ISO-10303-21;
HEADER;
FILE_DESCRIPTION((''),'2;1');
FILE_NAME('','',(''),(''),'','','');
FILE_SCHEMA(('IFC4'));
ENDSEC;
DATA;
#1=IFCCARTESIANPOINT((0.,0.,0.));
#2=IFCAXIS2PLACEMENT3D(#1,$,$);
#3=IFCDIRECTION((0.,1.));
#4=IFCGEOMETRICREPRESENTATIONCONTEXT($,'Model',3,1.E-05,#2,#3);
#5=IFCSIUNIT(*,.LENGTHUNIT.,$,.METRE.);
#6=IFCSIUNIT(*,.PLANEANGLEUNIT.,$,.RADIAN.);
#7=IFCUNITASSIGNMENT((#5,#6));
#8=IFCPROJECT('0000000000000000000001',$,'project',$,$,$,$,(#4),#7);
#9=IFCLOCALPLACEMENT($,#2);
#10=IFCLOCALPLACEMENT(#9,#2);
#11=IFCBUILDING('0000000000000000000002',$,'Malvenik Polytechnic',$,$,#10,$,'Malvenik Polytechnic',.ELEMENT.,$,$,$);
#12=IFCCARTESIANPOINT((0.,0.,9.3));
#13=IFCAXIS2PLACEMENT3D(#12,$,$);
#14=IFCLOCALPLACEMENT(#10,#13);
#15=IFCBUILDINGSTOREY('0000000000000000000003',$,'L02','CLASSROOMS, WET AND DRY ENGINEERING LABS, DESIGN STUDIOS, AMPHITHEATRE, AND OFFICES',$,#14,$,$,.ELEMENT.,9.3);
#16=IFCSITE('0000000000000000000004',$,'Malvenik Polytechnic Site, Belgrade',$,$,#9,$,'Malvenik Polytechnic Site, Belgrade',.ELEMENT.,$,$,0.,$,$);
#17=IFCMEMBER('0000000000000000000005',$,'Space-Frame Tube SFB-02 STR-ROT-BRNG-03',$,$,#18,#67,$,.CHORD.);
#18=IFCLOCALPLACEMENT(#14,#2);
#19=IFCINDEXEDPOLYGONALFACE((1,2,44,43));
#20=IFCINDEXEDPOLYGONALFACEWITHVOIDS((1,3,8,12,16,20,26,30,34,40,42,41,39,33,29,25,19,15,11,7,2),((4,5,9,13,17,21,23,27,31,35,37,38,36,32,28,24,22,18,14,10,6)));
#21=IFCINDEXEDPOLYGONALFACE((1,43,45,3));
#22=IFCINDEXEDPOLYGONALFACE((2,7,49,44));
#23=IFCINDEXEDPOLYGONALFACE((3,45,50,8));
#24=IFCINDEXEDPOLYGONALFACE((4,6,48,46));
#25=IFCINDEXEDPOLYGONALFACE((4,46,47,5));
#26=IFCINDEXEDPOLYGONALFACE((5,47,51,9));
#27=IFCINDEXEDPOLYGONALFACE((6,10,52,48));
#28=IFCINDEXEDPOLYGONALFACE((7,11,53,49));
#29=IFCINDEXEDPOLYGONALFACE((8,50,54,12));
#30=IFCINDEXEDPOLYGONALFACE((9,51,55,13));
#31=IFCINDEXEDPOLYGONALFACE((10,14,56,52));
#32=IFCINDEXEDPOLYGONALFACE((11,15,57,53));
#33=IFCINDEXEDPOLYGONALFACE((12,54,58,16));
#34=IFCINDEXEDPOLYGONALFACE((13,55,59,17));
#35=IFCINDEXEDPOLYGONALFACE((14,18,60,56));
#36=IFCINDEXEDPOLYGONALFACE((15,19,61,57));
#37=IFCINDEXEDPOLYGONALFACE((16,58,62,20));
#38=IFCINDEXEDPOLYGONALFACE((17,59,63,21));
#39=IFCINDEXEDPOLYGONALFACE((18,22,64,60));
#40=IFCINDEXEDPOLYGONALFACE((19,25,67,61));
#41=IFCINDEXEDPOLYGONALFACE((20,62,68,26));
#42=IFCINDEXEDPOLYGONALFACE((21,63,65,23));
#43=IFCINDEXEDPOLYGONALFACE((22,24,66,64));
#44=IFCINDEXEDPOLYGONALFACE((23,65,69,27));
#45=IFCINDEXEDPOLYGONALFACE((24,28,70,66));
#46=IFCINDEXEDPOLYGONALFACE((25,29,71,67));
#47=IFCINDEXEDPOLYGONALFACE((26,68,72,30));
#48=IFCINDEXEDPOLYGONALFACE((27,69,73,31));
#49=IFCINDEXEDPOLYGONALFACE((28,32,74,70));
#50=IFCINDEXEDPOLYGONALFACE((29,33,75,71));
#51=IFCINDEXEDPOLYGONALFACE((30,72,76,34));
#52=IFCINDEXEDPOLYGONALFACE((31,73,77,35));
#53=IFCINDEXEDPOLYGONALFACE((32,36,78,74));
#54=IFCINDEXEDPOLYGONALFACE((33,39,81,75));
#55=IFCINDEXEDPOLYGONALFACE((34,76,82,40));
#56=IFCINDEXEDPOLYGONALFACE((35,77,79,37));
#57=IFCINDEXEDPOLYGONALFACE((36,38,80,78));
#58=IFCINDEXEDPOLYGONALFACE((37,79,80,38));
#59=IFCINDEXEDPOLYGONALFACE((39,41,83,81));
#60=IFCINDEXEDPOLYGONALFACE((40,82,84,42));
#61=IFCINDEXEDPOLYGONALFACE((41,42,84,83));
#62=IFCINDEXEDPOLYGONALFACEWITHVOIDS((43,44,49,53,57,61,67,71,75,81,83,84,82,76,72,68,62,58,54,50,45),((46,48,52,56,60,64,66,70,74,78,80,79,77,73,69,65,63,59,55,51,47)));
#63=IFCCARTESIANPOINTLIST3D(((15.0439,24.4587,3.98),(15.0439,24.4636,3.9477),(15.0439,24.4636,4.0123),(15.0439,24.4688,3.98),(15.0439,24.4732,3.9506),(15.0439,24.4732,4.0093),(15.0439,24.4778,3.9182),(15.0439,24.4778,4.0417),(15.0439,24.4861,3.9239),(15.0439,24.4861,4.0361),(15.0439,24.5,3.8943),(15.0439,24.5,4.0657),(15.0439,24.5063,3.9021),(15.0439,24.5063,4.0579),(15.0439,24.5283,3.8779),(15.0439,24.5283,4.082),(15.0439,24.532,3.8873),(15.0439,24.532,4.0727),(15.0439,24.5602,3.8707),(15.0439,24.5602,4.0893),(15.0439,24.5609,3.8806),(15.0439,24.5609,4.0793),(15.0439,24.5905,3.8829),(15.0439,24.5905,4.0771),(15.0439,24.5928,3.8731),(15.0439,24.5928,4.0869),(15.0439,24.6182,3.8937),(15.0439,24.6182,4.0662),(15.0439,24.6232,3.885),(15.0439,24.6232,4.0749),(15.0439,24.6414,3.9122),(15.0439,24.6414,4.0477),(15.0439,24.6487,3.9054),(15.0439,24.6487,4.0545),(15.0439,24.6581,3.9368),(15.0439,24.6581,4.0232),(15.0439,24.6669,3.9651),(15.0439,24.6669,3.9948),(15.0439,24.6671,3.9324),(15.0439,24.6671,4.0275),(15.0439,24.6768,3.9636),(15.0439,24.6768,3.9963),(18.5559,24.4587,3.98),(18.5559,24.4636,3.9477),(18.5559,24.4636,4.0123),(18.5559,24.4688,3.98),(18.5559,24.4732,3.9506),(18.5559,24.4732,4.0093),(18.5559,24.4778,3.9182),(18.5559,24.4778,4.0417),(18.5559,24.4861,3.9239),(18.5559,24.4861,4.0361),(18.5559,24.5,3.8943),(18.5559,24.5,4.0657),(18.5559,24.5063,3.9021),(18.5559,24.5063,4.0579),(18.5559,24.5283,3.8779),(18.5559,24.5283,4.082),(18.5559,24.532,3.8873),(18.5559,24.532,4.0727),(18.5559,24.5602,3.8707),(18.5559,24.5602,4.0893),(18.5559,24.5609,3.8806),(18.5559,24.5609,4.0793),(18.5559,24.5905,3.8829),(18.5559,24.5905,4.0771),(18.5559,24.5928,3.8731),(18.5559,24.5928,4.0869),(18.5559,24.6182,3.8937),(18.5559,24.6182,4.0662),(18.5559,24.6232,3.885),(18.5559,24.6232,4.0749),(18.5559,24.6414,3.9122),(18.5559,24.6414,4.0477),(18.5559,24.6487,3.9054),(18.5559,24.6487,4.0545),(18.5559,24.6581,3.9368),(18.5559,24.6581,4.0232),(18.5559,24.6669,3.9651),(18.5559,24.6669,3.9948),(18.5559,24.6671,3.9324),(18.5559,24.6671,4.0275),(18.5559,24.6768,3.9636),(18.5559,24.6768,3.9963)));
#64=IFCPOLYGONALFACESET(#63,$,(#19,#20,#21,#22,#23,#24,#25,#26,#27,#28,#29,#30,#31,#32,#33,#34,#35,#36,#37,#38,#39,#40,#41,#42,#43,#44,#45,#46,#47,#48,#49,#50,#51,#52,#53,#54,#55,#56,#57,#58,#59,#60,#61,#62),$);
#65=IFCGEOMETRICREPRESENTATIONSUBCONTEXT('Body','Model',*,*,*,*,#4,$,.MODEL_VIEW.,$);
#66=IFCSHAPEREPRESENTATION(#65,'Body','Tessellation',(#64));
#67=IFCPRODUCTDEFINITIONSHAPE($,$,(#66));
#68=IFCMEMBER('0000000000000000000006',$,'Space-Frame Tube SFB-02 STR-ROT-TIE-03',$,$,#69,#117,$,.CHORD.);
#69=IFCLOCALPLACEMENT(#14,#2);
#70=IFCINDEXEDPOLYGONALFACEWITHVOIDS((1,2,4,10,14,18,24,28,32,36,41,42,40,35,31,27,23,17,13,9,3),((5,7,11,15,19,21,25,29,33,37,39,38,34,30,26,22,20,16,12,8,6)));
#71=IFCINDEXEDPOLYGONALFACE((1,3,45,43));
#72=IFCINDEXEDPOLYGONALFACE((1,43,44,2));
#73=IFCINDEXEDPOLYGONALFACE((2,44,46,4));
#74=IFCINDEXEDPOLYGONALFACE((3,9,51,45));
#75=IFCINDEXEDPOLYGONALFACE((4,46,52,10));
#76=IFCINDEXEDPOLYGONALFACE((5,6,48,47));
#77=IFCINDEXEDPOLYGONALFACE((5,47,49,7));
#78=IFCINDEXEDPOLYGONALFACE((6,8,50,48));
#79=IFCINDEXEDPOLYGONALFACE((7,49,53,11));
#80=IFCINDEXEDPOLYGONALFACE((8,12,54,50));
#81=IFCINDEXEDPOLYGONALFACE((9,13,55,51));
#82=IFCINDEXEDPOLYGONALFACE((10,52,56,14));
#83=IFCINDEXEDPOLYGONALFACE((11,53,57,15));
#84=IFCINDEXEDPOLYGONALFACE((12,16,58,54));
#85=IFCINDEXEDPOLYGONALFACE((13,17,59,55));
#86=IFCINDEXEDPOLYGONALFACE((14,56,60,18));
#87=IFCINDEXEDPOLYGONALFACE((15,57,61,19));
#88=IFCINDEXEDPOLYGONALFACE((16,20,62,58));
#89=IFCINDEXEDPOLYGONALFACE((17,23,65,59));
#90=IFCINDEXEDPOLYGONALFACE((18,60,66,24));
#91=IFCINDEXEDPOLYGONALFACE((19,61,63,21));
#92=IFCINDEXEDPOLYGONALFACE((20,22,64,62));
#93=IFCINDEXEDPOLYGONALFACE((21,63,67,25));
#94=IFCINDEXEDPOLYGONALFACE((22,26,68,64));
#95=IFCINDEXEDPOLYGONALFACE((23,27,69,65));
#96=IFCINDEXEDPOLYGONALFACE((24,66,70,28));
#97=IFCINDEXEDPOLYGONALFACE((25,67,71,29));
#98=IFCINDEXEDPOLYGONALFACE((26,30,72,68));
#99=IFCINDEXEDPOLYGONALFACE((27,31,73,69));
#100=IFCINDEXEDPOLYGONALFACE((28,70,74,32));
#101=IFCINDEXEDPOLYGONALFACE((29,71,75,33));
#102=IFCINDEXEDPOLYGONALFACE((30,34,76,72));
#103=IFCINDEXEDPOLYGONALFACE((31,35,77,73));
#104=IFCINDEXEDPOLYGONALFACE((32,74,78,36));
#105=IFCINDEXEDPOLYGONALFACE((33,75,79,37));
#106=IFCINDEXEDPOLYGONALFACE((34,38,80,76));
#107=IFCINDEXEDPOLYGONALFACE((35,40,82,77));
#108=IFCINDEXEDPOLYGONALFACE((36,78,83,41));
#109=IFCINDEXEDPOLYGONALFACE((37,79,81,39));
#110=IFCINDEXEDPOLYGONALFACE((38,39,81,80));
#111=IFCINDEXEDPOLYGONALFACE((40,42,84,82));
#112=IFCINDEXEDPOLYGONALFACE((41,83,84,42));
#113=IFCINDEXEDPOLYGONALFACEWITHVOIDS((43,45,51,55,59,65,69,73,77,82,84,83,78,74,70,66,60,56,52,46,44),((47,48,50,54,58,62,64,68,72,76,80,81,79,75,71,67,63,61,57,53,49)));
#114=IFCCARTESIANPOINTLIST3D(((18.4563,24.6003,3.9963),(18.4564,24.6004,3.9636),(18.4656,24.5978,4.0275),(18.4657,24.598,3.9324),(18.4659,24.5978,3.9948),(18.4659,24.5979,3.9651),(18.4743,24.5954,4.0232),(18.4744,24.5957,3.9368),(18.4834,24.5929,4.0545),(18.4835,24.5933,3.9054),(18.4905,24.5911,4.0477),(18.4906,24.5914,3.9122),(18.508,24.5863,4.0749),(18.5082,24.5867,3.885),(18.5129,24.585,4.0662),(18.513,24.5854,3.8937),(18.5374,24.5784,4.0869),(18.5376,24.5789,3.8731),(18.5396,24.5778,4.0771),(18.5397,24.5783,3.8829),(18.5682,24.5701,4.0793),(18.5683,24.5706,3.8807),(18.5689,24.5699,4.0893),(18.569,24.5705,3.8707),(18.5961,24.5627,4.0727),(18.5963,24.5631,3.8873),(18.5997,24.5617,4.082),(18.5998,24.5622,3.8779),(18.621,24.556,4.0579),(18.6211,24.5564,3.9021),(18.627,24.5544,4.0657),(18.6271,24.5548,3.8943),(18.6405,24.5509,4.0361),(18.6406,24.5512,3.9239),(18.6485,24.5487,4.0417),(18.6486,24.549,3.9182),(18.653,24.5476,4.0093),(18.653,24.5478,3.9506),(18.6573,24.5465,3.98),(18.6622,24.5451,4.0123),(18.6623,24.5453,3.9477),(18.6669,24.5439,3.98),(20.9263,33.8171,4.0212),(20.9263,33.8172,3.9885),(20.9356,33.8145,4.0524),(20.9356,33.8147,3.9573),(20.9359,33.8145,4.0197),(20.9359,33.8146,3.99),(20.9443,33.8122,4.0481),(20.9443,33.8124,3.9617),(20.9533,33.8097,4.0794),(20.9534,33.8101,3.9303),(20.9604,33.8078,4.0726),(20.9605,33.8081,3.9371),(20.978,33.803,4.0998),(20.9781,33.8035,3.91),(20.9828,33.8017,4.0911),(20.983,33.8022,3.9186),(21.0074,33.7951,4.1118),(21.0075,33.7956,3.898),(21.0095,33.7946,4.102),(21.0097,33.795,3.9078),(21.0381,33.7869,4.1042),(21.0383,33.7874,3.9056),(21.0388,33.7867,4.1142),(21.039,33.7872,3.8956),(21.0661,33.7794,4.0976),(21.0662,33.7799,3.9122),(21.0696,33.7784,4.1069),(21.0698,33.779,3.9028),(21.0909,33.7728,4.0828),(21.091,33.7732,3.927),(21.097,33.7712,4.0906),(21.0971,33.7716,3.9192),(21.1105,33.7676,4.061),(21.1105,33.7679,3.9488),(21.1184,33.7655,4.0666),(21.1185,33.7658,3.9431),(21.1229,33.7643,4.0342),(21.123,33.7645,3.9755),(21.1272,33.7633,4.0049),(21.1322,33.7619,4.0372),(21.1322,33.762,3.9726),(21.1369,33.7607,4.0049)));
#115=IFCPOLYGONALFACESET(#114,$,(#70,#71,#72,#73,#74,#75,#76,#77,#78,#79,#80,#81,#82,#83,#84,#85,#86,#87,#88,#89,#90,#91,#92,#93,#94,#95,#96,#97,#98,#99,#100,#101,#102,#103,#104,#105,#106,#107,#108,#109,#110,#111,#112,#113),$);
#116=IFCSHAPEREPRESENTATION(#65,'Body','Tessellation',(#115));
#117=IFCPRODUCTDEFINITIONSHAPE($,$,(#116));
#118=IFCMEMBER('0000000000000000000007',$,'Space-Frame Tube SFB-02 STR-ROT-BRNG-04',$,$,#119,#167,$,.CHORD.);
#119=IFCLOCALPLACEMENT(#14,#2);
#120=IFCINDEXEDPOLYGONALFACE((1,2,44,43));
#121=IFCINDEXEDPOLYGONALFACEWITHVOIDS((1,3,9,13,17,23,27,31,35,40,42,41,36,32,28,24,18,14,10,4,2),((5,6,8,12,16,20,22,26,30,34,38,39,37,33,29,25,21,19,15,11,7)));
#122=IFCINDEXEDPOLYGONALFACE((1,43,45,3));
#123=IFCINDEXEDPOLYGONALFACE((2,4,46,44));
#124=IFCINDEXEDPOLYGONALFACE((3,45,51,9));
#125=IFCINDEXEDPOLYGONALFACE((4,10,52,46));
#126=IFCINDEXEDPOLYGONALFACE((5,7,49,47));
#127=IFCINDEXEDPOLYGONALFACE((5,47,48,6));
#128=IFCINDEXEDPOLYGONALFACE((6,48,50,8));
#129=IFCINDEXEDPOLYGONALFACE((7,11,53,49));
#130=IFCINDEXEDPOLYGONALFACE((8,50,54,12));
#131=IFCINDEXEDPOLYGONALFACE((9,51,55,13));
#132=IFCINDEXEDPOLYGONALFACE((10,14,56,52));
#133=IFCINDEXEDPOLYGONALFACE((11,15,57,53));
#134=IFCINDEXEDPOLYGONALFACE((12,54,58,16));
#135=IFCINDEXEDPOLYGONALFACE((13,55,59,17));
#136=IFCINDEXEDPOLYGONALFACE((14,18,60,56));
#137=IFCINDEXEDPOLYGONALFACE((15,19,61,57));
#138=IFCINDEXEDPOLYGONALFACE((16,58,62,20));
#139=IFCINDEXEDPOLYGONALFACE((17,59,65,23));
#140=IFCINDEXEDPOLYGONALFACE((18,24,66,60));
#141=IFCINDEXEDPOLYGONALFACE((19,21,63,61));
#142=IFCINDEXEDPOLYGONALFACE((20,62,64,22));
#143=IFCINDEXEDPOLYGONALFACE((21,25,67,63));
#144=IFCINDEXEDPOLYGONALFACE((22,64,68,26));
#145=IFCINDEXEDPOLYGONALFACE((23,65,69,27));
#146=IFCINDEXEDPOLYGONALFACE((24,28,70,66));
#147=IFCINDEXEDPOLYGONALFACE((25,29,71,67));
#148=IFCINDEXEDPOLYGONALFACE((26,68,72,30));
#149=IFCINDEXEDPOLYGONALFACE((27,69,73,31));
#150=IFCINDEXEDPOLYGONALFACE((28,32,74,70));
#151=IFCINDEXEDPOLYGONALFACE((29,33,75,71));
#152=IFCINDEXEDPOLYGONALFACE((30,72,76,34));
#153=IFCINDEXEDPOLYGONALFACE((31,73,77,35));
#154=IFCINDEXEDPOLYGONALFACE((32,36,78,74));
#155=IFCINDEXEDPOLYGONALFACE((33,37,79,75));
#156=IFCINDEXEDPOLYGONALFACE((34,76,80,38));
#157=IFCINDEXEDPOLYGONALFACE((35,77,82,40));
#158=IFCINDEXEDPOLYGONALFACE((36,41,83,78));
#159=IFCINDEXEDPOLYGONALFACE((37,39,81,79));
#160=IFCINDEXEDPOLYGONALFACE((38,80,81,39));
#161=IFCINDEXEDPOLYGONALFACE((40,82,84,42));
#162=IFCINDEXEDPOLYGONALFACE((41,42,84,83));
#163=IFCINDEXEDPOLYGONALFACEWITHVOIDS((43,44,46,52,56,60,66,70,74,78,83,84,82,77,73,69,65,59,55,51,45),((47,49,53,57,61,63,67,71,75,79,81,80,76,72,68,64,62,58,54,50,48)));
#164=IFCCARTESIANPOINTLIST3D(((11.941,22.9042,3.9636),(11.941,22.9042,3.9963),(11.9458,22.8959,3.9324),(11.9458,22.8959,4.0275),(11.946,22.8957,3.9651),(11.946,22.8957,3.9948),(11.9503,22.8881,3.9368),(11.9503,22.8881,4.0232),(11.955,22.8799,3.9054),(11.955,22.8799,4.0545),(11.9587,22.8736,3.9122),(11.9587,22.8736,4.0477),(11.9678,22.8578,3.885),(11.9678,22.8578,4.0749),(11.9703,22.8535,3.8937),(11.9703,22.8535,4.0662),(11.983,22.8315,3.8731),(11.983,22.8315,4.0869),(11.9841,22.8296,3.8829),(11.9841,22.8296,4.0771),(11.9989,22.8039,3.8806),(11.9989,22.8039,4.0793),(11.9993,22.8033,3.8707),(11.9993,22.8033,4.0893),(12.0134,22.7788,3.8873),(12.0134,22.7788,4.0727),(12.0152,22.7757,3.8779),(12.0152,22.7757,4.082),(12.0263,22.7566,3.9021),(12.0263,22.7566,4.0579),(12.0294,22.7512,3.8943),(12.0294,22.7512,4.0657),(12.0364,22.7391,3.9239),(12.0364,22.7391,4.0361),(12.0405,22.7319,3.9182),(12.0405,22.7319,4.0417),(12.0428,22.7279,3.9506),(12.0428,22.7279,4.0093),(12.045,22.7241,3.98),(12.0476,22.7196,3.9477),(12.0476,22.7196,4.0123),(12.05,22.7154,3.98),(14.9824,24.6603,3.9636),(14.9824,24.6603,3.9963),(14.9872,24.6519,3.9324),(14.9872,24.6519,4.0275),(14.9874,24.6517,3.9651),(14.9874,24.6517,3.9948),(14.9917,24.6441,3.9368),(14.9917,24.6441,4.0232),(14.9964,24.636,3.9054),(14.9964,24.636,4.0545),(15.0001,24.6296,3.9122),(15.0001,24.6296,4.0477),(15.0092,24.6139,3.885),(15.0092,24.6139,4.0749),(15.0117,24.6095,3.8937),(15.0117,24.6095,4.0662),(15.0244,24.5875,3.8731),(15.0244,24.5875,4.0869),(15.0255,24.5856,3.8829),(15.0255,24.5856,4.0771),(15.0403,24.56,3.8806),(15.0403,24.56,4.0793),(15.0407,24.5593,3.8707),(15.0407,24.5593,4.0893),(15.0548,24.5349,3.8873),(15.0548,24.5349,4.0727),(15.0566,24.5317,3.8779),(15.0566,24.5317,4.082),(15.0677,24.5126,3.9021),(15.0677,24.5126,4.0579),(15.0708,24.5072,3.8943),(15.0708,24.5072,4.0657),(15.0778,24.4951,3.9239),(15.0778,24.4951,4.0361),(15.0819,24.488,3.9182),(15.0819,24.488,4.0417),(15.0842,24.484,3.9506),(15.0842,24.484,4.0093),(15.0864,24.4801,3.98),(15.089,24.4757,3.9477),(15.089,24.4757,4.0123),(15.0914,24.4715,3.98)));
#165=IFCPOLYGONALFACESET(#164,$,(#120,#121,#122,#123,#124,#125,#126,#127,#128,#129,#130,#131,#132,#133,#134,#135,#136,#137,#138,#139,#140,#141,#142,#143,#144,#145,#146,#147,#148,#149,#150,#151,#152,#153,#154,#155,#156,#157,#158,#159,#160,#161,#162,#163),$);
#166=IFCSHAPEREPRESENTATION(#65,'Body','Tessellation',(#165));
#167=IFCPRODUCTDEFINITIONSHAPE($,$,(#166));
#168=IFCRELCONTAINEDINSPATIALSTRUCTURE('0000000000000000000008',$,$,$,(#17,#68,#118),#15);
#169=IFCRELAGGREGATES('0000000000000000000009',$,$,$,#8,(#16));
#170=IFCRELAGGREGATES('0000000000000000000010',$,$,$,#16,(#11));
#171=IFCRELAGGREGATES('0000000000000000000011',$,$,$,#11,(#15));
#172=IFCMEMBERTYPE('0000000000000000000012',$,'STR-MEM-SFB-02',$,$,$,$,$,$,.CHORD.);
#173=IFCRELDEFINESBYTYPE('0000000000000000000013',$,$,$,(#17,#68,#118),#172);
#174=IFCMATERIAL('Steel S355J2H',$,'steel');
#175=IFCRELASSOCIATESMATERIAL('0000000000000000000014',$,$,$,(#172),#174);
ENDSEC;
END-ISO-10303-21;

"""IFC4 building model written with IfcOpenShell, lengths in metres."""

from ifc_helpers import new_model, si_unit, direction, frame, origin, origin_2d, place, context, subcontext, project, spatial, hollow_circle, extrude, material, material_profile, profile_set, type_object, element, save


model = new_model("IFC4")

# Units and contexts
model_context = context("Model", 3, precision=1e-05, world=origin(), true_north=direction((0.0, 1.0)))
body_context = subcontext(model_context, "Body", "Model", "MODEL_VIEW")
ifc_project = project(units=[si_unit("LENGTHUNIT", "METRE"), si_unit("PLANEANGLEUNIT", "RADIAN")], contexts=[model_context])

# Site, building, storey
site_placement = place(None, origin())
site = spatial("IfcSite", under=ifc_project, at=site_placement, Name="Malvenik Polytechnic Site, Belgrade", LongName="Malvenik Polytechnic Site, Belgrade", CompositionType="ELEMENT", RefElevation=0.0)
building_placement = place(site_placement, origin())
building = spatial("IfcBuilding", under=site, at=building_placement, Name="Malvenik Polytechnic", LongName="Malvenik Polytechnic", CompositionType="ELEMENT")
storey_placement = place(building_placement, frame((0.0, 0.0, 9.3)))
storey = spatial("IfcBuildingStorey", under=building, at=storey_placement, Name="L02", Description="CLASSROOMS, WET AND DRY ENGINEERING LABS, DESIGN STUDIOS, AMPHITHEATRE, AND OFFICES", CompositionType="ELEMENT", Elevation=9.3)

# Members
ifc_material_1 = material(Name="Steel S355J2H", Category="steel")
ifc_material_profile_1 = material_profile(ifc_material_1, hollow_circle(Radius=0.1096, WallThickness=0.01, at=origin_2d()), Name="CHS 219.1x10.0")
ifc_profile_set_1 = profile_set([ifc_material_profile_1], Name="Steel S355J2H")
member_type = type_object("IfcMemberType", Name="STR-MEM-SFB-02", PredefinedType="CHORD", material=ifc_profile_set_1)
member_1_placement = place(storey_placement, frame((18.5559, 24.5684, 3.98), z_axis=(-1.0, 0.0, 0.0), x_axis=(0.0, -1.0, 0.0)))
element("IfcMember", 1, at=member_1_placement, inside=storey, type_object=member_type, Name="Space-Frame Tube SFB-02 STR-ROT-BRNG-03", PredefinedType="CHORD", context=body_context, shape_type="SweptSolid", body=[
    extrude(hollow_circle(Radius=0.1096, WallThickness=0.01, at=origin_2d()), origin(), (0.0, 0.0, 1.0), 3.512),
])
member_2_placement = place(storey_placement, frame((21.031, 33.7891, 4.0049), z_axis=(-0.258851, -0.965914, -0.00261), x_axis=(0.965917, -0.258852, 0.0)))
element("IfcMember", 2, at=member_2_placement, inside=storey, type_object=member_type, Name="Space-Frame Tube SFB-02 STR-ROT-TIE-03", PredefinedType="CHORD", context=body_context, shape_type="SweptSolid", body=[
    extrude(hollow_circle(Radius=0.1096, WallThickness=0.01, at=origin_2d()), origin(), (0.0, 0.0, 1.0), 9.542),
])
member_3_placement = place(storey_placement, frame((15.0366, 24.5664, 3.98), z_axis=(-0.866014, -0.500019, 0.0), x_axis=(0.500019, -0.866014, 0.0)))
element("IfcMember", 3, at=member_3_placement, inside=storey, type_object=member_type, Name="Space-Frame Tube SFB-02 STR-ROT-BRNG-04", PredefinedType="CHORD", context=body_context, shape_type="SweptSolid", body=[
    extrude(hollow_circle(Radius=0.1096, WallThickness=0.01, at=origin_2d()), origin(), (0.0, 0.0, 1.0), 3.512),
])

save(model, "model.ifc")
